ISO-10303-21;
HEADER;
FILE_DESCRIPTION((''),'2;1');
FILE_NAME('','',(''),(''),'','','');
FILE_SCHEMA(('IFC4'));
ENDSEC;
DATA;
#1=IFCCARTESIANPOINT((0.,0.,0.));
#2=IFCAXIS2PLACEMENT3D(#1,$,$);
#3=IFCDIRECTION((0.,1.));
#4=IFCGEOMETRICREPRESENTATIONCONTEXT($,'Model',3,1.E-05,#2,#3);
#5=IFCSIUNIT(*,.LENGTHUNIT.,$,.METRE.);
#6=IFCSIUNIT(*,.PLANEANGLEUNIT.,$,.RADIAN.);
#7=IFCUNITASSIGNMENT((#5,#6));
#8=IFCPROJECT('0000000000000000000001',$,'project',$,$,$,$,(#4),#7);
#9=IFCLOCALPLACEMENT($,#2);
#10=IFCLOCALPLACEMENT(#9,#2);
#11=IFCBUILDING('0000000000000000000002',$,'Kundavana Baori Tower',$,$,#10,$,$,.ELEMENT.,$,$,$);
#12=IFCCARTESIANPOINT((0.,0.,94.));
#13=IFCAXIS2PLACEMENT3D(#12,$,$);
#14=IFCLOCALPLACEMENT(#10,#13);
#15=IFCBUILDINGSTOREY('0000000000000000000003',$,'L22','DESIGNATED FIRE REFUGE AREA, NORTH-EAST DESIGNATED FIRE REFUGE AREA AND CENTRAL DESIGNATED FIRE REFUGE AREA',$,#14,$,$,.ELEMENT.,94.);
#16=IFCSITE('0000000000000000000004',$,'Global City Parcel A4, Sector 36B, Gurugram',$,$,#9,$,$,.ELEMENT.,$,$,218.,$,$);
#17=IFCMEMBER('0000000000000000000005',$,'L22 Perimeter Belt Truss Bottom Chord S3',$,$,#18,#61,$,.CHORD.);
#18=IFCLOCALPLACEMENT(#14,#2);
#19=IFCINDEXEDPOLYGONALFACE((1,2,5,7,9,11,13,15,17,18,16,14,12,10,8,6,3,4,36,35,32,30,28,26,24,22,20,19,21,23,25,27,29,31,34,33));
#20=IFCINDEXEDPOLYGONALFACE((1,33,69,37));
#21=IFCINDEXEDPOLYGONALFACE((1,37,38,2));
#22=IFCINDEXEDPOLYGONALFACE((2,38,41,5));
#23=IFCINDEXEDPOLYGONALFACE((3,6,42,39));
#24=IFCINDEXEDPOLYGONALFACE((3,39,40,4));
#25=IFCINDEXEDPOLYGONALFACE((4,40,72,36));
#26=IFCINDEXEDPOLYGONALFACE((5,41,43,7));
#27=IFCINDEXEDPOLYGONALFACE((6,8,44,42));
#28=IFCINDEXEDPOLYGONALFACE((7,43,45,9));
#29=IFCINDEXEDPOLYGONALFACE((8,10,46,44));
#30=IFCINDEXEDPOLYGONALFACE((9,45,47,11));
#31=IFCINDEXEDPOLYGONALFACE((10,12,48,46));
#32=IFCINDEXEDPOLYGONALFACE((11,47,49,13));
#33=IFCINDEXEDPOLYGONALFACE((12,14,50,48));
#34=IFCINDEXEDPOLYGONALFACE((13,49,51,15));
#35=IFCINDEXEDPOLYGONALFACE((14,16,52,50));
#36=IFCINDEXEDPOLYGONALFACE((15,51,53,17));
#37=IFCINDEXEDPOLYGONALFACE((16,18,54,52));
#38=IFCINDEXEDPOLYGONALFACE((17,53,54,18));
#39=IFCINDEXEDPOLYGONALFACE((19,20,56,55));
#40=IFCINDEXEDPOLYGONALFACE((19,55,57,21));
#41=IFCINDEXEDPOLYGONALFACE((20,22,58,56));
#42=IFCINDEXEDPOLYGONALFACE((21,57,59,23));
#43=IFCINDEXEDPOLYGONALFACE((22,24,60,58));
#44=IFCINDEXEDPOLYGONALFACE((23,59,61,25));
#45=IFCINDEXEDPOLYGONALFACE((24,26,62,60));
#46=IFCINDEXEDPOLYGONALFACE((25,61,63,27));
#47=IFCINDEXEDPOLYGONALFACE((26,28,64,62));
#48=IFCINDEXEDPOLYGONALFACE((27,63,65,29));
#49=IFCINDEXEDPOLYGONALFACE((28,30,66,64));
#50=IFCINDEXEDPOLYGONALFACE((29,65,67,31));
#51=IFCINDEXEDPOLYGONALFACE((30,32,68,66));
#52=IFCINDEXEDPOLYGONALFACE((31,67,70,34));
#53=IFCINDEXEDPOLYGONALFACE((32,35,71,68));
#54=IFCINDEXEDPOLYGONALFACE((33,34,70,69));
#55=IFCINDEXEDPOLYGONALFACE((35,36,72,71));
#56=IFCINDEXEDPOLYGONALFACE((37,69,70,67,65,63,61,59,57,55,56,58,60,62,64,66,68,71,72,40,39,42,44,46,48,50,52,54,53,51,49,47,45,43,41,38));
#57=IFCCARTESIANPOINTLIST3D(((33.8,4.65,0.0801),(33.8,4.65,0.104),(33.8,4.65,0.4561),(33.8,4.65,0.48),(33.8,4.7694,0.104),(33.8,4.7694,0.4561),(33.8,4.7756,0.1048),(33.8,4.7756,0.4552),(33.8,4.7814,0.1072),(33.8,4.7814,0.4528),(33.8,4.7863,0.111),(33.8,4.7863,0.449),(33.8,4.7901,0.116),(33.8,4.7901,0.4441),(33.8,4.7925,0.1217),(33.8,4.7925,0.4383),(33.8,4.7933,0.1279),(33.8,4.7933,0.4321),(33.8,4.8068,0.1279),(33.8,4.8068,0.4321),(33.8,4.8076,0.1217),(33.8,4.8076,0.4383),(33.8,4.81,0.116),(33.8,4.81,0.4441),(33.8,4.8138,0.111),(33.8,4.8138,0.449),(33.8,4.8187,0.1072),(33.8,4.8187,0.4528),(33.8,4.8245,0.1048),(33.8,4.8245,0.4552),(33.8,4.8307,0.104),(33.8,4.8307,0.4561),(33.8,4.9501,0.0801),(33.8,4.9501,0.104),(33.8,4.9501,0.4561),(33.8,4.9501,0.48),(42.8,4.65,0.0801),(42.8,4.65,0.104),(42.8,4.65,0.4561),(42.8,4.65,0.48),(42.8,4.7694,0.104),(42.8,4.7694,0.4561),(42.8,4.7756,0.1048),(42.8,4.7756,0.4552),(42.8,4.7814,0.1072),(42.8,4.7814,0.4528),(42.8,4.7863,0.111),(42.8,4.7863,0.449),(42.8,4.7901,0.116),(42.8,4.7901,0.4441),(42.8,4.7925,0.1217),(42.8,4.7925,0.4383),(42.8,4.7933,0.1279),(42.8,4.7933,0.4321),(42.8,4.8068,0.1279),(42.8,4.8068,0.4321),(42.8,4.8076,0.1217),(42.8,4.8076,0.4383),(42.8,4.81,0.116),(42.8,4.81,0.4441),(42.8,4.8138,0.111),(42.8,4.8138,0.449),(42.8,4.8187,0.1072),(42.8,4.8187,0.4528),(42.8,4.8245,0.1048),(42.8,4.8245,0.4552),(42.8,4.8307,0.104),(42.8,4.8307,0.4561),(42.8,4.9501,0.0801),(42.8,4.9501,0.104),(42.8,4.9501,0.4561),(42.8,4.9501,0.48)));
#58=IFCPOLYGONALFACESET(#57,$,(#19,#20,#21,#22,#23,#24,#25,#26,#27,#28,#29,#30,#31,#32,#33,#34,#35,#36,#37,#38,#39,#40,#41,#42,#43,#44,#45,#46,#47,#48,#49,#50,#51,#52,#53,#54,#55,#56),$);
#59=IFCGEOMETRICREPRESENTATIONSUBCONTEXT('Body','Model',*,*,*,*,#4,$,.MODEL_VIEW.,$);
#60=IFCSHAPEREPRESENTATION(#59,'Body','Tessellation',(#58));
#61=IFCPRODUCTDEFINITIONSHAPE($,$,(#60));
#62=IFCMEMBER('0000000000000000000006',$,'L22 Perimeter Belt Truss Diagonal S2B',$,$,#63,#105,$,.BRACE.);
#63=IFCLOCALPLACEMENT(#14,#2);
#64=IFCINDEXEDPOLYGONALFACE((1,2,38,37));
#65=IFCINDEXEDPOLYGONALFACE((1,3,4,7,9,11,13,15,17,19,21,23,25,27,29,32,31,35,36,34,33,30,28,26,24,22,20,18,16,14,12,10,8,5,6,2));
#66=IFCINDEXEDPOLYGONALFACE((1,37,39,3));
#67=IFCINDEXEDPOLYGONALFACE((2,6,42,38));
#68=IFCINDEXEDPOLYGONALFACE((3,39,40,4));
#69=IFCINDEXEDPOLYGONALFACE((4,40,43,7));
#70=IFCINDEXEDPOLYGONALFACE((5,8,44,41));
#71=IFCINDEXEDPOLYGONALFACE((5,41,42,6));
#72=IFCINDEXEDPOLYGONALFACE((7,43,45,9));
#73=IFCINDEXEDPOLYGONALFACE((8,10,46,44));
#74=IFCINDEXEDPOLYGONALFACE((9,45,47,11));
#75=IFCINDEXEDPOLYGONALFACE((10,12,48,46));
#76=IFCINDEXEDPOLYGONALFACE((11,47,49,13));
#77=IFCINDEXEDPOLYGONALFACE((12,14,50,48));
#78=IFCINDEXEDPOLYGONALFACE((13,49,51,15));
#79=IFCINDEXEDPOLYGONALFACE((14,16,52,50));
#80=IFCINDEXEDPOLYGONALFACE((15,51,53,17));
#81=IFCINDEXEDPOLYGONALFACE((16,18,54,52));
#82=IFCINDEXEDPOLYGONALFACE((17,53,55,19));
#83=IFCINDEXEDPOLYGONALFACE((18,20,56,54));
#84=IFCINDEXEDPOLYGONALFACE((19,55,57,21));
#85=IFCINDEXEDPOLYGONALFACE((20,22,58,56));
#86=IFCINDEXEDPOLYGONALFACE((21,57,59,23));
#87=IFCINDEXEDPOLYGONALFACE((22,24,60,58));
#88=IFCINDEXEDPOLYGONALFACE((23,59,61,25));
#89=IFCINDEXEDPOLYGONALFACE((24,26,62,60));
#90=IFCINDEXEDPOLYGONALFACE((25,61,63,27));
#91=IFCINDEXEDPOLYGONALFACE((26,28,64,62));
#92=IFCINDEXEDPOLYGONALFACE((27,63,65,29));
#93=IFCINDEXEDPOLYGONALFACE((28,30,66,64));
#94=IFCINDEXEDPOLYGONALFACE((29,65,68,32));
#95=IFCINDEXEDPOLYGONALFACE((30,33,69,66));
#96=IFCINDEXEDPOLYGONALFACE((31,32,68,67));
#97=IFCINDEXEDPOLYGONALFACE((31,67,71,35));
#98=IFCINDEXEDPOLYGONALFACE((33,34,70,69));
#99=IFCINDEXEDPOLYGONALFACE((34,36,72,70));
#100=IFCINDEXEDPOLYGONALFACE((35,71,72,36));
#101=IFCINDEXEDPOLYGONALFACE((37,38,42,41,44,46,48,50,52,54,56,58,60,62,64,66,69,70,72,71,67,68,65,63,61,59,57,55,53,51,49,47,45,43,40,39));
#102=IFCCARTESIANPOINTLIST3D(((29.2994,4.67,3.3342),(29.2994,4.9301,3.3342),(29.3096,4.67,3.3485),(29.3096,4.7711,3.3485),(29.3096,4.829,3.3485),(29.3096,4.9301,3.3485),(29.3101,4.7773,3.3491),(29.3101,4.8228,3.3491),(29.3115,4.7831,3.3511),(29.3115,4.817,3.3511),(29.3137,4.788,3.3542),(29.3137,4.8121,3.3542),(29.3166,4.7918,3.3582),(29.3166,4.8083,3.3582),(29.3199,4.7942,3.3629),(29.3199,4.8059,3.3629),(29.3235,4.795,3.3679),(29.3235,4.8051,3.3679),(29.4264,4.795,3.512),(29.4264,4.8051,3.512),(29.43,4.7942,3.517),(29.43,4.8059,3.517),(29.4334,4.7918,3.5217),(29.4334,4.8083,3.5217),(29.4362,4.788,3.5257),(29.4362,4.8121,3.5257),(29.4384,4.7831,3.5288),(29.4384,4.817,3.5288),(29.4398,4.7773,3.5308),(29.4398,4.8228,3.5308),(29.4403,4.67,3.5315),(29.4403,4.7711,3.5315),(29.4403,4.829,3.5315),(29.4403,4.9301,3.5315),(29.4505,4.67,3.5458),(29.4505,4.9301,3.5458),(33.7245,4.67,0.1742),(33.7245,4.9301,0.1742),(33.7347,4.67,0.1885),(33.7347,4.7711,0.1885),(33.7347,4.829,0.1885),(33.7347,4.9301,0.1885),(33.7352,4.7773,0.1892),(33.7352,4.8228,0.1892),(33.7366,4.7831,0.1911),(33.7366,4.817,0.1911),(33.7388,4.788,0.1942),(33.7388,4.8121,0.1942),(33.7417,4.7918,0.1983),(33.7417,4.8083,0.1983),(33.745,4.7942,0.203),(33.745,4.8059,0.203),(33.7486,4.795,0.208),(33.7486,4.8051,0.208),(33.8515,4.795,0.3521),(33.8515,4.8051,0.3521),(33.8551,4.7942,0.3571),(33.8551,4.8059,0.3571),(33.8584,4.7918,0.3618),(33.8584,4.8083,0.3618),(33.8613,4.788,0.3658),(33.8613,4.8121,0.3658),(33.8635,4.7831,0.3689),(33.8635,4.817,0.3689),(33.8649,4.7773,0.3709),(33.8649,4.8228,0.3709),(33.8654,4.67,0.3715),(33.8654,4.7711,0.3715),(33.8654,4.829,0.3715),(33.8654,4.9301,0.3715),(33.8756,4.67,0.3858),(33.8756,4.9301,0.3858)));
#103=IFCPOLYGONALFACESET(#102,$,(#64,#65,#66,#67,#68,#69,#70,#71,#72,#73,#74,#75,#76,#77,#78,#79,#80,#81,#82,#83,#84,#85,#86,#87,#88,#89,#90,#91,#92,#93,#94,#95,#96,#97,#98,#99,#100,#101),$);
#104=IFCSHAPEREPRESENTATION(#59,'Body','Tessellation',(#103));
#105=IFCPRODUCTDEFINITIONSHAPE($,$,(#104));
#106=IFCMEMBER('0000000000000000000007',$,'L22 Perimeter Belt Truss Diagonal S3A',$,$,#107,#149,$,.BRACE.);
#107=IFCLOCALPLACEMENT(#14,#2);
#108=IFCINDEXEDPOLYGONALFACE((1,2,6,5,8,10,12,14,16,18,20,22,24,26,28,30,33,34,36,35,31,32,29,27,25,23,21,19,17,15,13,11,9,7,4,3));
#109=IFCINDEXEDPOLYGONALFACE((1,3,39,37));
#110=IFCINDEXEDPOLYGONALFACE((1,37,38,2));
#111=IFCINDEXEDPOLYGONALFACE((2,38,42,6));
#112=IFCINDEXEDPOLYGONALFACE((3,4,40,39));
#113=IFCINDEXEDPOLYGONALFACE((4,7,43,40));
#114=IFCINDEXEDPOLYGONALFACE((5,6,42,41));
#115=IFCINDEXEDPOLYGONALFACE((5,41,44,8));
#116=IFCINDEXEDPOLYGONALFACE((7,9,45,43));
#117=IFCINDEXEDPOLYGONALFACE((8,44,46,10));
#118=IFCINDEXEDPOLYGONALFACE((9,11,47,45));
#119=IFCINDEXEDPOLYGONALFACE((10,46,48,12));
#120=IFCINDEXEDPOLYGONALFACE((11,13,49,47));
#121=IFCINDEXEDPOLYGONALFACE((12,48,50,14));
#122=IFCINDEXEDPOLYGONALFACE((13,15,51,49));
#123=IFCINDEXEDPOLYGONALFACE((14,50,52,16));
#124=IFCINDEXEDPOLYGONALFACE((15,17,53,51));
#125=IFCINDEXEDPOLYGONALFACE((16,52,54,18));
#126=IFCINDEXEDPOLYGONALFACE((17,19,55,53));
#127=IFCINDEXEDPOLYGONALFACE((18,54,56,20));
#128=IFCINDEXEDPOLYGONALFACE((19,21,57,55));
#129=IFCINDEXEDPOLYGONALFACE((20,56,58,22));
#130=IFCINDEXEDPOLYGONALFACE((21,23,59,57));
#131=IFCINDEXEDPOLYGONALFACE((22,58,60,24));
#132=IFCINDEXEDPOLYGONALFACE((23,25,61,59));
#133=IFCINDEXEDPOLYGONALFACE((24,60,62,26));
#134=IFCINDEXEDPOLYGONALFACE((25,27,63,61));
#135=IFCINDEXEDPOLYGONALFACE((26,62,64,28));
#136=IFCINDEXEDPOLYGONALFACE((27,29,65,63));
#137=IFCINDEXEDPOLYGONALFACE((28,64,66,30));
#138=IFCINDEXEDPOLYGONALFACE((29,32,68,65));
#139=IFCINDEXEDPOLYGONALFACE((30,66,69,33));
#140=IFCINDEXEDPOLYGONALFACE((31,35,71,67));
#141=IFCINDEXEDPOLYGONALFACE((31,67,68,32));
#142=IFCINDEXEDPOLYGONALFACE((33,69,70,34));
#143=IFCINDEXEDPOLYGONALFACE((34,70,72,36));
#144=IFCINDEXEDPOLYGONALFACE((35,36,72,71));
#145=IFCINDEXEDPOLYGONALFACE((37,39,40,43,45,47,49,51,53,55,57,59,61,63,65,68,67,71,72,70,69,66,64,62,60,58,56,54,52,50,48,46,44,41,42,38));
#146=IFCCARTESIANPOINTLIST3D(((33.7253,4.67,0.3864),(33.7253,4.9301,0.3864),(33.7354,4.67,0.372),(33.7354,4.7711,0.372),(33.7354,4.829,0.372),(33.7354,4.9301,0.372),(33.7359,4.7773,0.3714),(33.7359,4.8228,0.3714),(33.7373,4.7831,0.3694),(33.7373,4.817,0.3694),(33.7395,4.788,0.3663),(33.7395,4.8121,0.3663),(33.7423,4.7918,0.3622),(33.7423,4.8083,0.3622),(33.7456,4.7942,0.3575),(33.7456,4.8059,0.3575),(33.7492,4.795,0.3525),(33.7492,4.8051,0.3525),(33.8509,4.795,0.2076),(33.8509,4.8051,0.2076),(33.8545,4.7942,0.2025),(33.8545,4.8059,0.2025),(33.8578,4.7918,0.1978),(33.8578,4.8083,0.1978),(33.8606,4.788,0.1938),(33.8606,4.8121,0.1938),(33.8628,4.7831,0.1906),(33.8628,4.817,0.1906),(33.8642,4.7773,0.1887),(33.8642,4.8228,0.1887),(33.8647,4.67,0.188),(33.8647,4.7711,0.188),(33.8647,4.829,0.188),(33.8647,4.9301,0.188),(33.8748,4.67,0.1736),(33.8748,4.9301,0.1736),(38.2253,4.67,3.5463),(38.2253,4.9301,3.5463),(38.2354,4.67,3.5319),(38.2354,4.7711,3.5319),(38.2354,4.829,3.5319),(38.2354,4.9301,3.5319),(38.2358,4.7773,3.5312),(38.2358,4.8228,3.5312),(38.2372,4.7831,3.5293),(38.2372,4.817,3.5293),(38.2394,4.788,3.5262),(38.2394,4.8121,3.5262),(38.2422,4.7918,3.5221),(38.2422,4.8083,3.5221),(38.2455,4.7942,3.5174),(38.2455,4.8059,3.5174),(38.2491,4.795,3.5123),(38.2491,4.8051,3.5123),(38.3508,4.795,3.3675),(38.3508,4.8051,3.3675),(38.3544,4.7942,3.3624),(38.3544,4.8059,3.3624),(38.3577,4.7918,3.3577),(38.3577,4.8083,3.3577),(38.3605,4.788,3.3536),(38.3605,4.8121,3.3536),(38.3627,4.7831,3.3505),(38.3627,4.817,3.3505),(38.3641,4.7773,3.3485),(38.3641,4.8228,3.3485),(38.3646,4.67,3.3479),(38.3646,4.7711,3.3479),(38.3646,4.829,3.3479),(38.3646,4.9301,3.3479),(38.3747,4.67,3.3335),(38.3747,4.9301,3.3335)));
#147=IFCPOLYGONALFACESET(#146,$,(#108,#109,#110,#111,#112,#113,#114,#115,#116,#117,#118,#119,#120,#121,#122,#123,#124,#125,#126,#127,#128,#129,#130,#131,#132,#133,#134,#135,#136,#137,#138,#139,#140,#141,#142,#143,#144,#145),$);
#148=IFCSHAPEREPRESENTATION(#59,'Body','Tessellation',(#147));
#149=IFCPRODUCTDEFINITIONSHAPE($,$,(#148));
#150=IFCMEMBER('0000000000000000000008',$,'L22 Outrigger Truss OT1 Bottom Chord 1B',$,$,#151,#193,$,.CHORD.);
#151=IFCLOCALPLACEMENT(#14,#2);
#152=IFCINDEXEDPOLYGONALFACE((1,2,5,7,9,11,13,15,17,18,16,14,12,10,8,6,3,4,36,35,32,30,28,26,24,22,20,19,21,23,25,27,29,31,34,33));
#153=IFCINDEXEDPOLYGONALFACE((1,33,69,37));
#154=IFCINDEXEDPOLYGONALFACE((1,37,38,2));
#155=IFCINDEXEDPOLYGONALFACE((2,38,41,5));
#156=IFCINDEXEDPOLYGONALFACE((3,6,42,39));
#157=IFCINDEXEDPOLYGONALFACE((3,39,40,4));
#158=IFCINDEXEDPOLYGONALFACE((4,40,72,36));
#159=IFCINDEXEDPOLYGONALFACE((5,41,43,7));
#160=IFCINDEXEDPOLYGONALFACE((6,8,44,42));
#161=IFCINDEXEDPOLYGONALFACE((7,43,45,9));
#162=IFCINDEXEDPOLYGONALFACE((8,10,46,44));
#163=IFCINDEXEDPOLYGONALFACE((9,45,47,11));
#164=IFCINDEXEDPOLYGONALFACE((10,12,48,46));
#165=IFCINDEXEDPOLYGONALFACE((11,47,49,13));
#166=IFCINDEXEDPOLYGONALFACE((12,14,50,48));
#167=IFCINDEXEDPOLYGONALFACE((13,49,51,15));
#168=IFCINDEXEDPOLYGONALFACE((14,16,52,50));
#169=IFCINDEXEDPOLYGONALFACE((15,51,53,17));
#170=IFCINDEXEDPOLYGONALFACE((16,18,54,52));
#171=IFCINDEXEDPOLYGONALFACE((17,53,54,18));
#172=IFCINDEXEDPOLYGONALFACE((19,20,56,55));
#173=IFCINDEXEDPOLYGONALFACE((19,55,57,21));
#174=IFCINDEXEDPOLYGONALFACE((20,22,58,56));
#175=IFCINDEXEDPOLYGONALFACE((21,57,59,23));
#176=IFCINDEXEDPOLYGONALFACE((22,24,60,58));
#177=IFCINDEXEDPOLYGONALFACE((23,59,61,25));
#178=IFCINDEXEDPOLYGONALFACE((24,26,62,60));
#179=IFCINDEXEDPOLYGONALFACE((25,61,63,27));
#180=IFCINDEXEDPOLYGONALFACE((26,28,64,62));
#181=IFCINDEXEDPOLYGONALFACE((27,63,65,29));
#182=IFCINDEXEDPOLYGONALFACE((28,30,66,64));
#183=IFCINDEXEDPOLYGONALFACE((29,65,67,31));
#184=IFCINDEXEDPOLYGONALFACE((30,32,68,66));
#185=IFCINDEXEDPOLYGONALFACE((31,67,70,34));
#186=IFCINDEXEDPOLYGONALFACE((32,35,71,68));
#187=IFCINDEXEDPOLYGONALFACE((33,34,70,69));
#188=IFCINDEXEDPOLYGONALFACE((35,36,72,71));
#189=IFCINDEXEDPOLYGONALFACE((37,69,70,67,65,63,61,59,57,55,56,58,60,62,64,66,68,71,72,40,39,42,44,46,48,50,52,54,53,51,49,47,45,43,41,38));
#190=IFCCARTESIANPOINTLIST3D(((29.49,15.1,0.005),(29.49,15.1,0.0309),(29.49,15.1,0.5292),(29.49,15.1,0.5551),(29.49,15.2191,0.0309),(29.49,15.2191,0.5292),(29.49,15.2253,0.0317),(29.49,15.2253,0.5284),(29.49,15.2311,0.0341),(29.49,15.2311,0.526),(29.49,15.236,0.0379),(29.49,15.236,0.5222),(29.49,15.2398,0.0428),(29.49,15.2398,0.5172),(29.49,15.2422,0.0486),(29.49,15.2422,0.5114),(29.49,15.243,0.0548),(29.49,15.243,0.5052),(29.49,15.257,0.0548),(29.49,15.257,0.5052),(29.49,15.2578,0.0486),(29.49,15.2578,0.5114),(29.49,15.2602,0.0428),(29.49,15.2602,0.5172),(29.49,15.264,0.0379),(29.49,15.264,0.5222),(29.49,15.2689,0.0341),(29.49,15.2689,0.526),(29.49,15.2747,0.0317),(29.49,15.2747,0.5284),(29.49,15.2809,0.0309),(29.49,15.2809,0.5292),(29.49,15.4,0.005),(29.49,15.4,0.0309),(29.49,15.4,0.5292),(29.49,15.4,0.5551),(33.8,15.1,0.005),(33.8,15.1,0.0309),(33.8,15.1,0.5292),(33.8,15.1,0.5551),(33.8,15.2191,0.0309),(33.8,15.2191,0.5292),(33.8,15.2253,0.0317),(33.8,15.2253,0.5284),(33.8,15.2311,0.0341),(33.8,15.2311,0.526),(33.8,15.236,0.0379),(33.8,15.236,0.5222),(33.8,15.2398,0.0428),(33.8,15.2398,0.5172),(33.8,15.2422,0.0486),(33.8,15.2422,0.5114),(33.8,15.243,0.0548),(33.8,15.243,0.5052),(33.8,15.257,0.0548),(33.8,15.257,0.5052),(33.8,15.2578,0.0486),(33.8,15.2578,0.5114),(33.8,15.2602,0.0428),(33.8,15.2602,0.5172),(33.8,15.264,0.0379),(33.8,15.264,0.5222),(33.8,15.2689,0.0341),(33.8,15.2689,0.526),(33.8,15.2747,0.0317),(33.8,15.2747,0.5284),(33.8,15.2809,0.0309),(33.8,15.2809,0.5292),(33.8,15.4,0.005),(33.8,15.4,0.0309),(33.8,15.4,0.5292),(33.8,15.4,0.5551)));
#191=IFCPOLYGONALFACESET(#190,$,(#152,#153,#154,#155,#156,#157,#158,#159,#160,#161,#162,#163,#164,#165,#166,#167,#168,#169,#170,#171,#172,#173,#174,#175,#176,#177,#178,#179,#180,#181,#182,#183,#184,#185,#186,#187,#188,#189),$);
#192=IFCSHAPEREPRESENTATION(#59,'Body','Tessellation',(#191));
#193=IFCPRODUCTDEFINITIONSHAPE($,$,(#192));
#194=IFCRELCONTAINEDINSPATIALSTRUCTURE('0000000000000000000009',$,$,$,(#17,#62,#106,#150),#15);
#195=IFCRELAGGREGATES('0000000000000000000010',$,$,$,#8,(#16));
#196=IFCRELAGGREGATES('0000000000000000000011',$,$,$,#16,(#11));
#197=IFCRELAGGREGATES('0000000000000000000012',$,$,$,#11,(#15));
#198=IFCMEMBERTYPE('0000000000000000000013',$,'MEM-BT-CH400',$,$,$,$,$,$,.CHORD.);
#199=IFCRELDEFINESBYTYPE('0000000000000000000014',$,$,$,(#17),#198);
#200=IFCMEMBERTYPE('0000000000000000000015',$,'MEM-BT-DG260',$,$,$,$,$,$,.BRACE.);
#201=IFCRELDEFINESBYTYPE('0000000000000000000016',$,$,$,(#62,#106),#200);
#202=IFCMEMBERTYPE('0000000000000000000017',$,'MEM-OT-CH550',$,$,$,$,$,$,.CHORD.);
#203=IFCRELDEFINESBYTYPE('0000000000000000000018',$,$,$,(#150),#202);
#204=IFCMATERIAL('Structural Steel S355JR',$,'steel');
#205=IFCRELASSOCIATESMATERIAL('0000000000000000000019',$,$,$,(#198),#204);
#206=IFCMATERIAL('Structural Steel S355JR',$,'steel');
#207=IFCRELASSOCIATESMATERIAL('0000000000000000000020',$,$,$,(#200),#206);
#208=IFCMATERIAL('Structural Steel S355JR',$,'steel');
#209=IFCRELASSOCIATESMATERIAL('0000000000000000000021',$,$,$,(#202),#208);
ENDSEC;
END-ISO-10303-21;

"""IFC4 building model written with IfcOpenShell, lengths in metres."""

from ifc_helpers import new_model, si_unit, direction, frame, origin, origin_2d, place, context, subcontext, project, spatial, i_section, extrude, material, material_profile, profile_set, type_object, element, save


model = new_model("IFC4")

# Units and contexts
model_context = context("Model", 3, precision=1e-05, world=origin(), true_north=direction((0.0, 1.0)))
body_context = subcontext(model_context, "Body", "Model", "MODEL_VIEW")
ifc_project = project(units=[si_unit("LENGTHUNIT", "METRE"), si_unit("PLANEANGLEUNIT", "RADIAN")], contexts=[model_context])

# Site, building, storey
site_placement = place(None, origin())
site = spatial("IfcSite", under=ifc_project, at=site_placement, Name="Global City Parcel A4, Sector 36B, Gurugram", CompositionType="ELEMENT", RefElevation=218.0)
building_placement = place(site_placement, origin())
building = spatial("IfcBuilding", under=site, at=building_placement, Name="Kundavana Baori Tower", CompositionType="ELEMENT")
storey_placement = place(building_placement, frame((0.0, 0.0, 94.0)))
storey = spatial("IfcBuildingStorey", under=building, at=storey_placement, Name="L22", Description="DESIGNATED FIRE REFUGE AREA, NORTH-EAST DESIGNATED FIRE REFUGE AREA AND CENTRAL DESIGNATED FIRE REFUGE AREA", CompositionType="ELEMENT", Elevation=94.0)

# Members
ifc_material_1 = material(Name="Structural Steel S355JR", Category="steel")
ifc_material_profile_1 = material_profile(ifc_material_1, i_section(OverallWidth=0.3, OverallDepth=0.3999, WebThickness=0.0134, FlangeThickness=0.0239, FilletRadius=0.0239, at=origin_2d()), Name="WPB 400x300x135")
ifc_profile_set_1 = profile_set([ifc_material_profile_1], Name="Structural Steel S355JR")
member_type_1 = type_object("IfcMemberType", Name="MEM-BT-CH400", PredefinedType="CHORD", material=ifc_profile_set_1)
member_1_placement = place(storey_placement, frame((33.8, 4.8, 0.28), z_axis=(1.0, 0.0, 0.0), x_axis=(0.0, 1.0, 0.0)))
element("IfcMember", 1, at=member_1_placement, inside=storey, type_object=member_type_1, Name="L22 Perimeter Belt Truss Bottom Chord S3", PredefinedType="CHORD", context=body_context, shape_type="SweptSolid", body=[
    extrude(i_section(OverallWidth=0.3, OverallDepth=0.3999, WebThickness=0.0134, FlangeThickness=0.0239, FilletRadius=0.0239, at=origin_2d()), origin(), (0.0, 0.0, 1.0), 9.0),
])
ifc_material_2 = material(Name="Structural Steel S355JR", Category="steel")
ifc_material_profile_2 = material_profile(ifc_material_2, i_section(OverallWidth=0.26, OverallDepth=0.26, WebThickness=0.01, FlangeThickness=0.0176, FilletRadius=0.0239, at=origin_2d()), Name="WPB 260x260x93")
ifc_profile_set_2 = profile_set([ifc_material_profile_2], Name="Structural Steel S355JR")
member_type_2 = type_object("IfcMemberType", Name="MEM-BT-DG260", PredefinedType="BRACE", material=ifc_profile_set_2)
member_2_placement = place(storey_placement, frame((33.8, 4.8, 0.28), z_axis=(-0.813806, 0.0, 0.581136), x_axis=(0.0, -1.0, 0.0)))
element("IfcMember", 2, at=member_2_placement, inside=storey, type_object=member_type_2, Name="L22 Perimeter Belt Truss Diagonal S2B", PredefinedType="BRACE", context=body_context, shape_type="SweptSolid", body=[
    extrude(i_section(OverallWidth=0.26, OverallDepth=0.26, WebThickness=0.01, FlangeThickness=0.0176, FilletRadius=0.0239, at=origin_2d()), origin(), (0.0, 0.0, 1.0), 5.4375),
])
member_3_placement = place(storey_placement, frame((33.8, 4.8, 0.28), z_axis=(0.818384, 0.0, 0.574672), x_axis=(0.0, 1.0, 0.0)))
element("IfcMember", 3, at=member_3_placement, inside=storey, type_object=member_type_2, Name="L22 Perimeter Belt Truss Diagonal S3A", PredefinedType="BRACE", context=body_context, shape_type="SweptSolid", body=[
    extrude(i_section(OverallWidth=0.26, OverallDepth=0.26, WebThickness=0.01, FlangeThickness=0.0176, FilletRadius=0.0239, at=origin_2d()), origin(), (0.0, 0.0, 1.0), 5.4985),
])
ifc_material_3 = material(Name="Structural Steel S355JR", Category="steel")
ifc_material_profile_3 = material_profile(ifc_material_3, i_section(OverallWidth=0.3, OverallDepth=0.55, WebThickness=0.0139, FlangeThickness=0.0259, FilletRadius=0.0239, at=origin_2d()), Name="WPB 550x300x166")
ifc_profile_set_3 = profile_set([ifc_material_profile_3], Name="Structural Steel S355JR")
member_type_3 = type_object("IfcMemberType", Name="MEM-OT-CH550", PredefinedType="CHORD", material=ifc_profile_set_3)
for number, where, z_axis, x_axis, name in (
    (4, (29.49, 15.25, 0.28), (1.0, 0.0, 0.0), (0.0, 1.0, 0.0), "L22 Outrigger Truss OT1 Bottom Chord 1B"),
):
    element("IfcMember", number, at=place(storey_placement, frame(where, z_axis=z_axis, x_axis=x_axis)), inside=storey, type_object=member_type_3, Name=name, PredefinedType="CHORD", context=body_context, shape_type="SweptSolid", body=[
        extrude(i_section(OverallWidth=0.3, OverallDepth=0.55, WebThickness=0.0139, FlangeThickness=0.0259, FilletRadius=0.0239, at=origin_2d()), origin(), (0.0, 0.0, 1.0), 4.3101),
    ])

save(model, "model.ifc")
